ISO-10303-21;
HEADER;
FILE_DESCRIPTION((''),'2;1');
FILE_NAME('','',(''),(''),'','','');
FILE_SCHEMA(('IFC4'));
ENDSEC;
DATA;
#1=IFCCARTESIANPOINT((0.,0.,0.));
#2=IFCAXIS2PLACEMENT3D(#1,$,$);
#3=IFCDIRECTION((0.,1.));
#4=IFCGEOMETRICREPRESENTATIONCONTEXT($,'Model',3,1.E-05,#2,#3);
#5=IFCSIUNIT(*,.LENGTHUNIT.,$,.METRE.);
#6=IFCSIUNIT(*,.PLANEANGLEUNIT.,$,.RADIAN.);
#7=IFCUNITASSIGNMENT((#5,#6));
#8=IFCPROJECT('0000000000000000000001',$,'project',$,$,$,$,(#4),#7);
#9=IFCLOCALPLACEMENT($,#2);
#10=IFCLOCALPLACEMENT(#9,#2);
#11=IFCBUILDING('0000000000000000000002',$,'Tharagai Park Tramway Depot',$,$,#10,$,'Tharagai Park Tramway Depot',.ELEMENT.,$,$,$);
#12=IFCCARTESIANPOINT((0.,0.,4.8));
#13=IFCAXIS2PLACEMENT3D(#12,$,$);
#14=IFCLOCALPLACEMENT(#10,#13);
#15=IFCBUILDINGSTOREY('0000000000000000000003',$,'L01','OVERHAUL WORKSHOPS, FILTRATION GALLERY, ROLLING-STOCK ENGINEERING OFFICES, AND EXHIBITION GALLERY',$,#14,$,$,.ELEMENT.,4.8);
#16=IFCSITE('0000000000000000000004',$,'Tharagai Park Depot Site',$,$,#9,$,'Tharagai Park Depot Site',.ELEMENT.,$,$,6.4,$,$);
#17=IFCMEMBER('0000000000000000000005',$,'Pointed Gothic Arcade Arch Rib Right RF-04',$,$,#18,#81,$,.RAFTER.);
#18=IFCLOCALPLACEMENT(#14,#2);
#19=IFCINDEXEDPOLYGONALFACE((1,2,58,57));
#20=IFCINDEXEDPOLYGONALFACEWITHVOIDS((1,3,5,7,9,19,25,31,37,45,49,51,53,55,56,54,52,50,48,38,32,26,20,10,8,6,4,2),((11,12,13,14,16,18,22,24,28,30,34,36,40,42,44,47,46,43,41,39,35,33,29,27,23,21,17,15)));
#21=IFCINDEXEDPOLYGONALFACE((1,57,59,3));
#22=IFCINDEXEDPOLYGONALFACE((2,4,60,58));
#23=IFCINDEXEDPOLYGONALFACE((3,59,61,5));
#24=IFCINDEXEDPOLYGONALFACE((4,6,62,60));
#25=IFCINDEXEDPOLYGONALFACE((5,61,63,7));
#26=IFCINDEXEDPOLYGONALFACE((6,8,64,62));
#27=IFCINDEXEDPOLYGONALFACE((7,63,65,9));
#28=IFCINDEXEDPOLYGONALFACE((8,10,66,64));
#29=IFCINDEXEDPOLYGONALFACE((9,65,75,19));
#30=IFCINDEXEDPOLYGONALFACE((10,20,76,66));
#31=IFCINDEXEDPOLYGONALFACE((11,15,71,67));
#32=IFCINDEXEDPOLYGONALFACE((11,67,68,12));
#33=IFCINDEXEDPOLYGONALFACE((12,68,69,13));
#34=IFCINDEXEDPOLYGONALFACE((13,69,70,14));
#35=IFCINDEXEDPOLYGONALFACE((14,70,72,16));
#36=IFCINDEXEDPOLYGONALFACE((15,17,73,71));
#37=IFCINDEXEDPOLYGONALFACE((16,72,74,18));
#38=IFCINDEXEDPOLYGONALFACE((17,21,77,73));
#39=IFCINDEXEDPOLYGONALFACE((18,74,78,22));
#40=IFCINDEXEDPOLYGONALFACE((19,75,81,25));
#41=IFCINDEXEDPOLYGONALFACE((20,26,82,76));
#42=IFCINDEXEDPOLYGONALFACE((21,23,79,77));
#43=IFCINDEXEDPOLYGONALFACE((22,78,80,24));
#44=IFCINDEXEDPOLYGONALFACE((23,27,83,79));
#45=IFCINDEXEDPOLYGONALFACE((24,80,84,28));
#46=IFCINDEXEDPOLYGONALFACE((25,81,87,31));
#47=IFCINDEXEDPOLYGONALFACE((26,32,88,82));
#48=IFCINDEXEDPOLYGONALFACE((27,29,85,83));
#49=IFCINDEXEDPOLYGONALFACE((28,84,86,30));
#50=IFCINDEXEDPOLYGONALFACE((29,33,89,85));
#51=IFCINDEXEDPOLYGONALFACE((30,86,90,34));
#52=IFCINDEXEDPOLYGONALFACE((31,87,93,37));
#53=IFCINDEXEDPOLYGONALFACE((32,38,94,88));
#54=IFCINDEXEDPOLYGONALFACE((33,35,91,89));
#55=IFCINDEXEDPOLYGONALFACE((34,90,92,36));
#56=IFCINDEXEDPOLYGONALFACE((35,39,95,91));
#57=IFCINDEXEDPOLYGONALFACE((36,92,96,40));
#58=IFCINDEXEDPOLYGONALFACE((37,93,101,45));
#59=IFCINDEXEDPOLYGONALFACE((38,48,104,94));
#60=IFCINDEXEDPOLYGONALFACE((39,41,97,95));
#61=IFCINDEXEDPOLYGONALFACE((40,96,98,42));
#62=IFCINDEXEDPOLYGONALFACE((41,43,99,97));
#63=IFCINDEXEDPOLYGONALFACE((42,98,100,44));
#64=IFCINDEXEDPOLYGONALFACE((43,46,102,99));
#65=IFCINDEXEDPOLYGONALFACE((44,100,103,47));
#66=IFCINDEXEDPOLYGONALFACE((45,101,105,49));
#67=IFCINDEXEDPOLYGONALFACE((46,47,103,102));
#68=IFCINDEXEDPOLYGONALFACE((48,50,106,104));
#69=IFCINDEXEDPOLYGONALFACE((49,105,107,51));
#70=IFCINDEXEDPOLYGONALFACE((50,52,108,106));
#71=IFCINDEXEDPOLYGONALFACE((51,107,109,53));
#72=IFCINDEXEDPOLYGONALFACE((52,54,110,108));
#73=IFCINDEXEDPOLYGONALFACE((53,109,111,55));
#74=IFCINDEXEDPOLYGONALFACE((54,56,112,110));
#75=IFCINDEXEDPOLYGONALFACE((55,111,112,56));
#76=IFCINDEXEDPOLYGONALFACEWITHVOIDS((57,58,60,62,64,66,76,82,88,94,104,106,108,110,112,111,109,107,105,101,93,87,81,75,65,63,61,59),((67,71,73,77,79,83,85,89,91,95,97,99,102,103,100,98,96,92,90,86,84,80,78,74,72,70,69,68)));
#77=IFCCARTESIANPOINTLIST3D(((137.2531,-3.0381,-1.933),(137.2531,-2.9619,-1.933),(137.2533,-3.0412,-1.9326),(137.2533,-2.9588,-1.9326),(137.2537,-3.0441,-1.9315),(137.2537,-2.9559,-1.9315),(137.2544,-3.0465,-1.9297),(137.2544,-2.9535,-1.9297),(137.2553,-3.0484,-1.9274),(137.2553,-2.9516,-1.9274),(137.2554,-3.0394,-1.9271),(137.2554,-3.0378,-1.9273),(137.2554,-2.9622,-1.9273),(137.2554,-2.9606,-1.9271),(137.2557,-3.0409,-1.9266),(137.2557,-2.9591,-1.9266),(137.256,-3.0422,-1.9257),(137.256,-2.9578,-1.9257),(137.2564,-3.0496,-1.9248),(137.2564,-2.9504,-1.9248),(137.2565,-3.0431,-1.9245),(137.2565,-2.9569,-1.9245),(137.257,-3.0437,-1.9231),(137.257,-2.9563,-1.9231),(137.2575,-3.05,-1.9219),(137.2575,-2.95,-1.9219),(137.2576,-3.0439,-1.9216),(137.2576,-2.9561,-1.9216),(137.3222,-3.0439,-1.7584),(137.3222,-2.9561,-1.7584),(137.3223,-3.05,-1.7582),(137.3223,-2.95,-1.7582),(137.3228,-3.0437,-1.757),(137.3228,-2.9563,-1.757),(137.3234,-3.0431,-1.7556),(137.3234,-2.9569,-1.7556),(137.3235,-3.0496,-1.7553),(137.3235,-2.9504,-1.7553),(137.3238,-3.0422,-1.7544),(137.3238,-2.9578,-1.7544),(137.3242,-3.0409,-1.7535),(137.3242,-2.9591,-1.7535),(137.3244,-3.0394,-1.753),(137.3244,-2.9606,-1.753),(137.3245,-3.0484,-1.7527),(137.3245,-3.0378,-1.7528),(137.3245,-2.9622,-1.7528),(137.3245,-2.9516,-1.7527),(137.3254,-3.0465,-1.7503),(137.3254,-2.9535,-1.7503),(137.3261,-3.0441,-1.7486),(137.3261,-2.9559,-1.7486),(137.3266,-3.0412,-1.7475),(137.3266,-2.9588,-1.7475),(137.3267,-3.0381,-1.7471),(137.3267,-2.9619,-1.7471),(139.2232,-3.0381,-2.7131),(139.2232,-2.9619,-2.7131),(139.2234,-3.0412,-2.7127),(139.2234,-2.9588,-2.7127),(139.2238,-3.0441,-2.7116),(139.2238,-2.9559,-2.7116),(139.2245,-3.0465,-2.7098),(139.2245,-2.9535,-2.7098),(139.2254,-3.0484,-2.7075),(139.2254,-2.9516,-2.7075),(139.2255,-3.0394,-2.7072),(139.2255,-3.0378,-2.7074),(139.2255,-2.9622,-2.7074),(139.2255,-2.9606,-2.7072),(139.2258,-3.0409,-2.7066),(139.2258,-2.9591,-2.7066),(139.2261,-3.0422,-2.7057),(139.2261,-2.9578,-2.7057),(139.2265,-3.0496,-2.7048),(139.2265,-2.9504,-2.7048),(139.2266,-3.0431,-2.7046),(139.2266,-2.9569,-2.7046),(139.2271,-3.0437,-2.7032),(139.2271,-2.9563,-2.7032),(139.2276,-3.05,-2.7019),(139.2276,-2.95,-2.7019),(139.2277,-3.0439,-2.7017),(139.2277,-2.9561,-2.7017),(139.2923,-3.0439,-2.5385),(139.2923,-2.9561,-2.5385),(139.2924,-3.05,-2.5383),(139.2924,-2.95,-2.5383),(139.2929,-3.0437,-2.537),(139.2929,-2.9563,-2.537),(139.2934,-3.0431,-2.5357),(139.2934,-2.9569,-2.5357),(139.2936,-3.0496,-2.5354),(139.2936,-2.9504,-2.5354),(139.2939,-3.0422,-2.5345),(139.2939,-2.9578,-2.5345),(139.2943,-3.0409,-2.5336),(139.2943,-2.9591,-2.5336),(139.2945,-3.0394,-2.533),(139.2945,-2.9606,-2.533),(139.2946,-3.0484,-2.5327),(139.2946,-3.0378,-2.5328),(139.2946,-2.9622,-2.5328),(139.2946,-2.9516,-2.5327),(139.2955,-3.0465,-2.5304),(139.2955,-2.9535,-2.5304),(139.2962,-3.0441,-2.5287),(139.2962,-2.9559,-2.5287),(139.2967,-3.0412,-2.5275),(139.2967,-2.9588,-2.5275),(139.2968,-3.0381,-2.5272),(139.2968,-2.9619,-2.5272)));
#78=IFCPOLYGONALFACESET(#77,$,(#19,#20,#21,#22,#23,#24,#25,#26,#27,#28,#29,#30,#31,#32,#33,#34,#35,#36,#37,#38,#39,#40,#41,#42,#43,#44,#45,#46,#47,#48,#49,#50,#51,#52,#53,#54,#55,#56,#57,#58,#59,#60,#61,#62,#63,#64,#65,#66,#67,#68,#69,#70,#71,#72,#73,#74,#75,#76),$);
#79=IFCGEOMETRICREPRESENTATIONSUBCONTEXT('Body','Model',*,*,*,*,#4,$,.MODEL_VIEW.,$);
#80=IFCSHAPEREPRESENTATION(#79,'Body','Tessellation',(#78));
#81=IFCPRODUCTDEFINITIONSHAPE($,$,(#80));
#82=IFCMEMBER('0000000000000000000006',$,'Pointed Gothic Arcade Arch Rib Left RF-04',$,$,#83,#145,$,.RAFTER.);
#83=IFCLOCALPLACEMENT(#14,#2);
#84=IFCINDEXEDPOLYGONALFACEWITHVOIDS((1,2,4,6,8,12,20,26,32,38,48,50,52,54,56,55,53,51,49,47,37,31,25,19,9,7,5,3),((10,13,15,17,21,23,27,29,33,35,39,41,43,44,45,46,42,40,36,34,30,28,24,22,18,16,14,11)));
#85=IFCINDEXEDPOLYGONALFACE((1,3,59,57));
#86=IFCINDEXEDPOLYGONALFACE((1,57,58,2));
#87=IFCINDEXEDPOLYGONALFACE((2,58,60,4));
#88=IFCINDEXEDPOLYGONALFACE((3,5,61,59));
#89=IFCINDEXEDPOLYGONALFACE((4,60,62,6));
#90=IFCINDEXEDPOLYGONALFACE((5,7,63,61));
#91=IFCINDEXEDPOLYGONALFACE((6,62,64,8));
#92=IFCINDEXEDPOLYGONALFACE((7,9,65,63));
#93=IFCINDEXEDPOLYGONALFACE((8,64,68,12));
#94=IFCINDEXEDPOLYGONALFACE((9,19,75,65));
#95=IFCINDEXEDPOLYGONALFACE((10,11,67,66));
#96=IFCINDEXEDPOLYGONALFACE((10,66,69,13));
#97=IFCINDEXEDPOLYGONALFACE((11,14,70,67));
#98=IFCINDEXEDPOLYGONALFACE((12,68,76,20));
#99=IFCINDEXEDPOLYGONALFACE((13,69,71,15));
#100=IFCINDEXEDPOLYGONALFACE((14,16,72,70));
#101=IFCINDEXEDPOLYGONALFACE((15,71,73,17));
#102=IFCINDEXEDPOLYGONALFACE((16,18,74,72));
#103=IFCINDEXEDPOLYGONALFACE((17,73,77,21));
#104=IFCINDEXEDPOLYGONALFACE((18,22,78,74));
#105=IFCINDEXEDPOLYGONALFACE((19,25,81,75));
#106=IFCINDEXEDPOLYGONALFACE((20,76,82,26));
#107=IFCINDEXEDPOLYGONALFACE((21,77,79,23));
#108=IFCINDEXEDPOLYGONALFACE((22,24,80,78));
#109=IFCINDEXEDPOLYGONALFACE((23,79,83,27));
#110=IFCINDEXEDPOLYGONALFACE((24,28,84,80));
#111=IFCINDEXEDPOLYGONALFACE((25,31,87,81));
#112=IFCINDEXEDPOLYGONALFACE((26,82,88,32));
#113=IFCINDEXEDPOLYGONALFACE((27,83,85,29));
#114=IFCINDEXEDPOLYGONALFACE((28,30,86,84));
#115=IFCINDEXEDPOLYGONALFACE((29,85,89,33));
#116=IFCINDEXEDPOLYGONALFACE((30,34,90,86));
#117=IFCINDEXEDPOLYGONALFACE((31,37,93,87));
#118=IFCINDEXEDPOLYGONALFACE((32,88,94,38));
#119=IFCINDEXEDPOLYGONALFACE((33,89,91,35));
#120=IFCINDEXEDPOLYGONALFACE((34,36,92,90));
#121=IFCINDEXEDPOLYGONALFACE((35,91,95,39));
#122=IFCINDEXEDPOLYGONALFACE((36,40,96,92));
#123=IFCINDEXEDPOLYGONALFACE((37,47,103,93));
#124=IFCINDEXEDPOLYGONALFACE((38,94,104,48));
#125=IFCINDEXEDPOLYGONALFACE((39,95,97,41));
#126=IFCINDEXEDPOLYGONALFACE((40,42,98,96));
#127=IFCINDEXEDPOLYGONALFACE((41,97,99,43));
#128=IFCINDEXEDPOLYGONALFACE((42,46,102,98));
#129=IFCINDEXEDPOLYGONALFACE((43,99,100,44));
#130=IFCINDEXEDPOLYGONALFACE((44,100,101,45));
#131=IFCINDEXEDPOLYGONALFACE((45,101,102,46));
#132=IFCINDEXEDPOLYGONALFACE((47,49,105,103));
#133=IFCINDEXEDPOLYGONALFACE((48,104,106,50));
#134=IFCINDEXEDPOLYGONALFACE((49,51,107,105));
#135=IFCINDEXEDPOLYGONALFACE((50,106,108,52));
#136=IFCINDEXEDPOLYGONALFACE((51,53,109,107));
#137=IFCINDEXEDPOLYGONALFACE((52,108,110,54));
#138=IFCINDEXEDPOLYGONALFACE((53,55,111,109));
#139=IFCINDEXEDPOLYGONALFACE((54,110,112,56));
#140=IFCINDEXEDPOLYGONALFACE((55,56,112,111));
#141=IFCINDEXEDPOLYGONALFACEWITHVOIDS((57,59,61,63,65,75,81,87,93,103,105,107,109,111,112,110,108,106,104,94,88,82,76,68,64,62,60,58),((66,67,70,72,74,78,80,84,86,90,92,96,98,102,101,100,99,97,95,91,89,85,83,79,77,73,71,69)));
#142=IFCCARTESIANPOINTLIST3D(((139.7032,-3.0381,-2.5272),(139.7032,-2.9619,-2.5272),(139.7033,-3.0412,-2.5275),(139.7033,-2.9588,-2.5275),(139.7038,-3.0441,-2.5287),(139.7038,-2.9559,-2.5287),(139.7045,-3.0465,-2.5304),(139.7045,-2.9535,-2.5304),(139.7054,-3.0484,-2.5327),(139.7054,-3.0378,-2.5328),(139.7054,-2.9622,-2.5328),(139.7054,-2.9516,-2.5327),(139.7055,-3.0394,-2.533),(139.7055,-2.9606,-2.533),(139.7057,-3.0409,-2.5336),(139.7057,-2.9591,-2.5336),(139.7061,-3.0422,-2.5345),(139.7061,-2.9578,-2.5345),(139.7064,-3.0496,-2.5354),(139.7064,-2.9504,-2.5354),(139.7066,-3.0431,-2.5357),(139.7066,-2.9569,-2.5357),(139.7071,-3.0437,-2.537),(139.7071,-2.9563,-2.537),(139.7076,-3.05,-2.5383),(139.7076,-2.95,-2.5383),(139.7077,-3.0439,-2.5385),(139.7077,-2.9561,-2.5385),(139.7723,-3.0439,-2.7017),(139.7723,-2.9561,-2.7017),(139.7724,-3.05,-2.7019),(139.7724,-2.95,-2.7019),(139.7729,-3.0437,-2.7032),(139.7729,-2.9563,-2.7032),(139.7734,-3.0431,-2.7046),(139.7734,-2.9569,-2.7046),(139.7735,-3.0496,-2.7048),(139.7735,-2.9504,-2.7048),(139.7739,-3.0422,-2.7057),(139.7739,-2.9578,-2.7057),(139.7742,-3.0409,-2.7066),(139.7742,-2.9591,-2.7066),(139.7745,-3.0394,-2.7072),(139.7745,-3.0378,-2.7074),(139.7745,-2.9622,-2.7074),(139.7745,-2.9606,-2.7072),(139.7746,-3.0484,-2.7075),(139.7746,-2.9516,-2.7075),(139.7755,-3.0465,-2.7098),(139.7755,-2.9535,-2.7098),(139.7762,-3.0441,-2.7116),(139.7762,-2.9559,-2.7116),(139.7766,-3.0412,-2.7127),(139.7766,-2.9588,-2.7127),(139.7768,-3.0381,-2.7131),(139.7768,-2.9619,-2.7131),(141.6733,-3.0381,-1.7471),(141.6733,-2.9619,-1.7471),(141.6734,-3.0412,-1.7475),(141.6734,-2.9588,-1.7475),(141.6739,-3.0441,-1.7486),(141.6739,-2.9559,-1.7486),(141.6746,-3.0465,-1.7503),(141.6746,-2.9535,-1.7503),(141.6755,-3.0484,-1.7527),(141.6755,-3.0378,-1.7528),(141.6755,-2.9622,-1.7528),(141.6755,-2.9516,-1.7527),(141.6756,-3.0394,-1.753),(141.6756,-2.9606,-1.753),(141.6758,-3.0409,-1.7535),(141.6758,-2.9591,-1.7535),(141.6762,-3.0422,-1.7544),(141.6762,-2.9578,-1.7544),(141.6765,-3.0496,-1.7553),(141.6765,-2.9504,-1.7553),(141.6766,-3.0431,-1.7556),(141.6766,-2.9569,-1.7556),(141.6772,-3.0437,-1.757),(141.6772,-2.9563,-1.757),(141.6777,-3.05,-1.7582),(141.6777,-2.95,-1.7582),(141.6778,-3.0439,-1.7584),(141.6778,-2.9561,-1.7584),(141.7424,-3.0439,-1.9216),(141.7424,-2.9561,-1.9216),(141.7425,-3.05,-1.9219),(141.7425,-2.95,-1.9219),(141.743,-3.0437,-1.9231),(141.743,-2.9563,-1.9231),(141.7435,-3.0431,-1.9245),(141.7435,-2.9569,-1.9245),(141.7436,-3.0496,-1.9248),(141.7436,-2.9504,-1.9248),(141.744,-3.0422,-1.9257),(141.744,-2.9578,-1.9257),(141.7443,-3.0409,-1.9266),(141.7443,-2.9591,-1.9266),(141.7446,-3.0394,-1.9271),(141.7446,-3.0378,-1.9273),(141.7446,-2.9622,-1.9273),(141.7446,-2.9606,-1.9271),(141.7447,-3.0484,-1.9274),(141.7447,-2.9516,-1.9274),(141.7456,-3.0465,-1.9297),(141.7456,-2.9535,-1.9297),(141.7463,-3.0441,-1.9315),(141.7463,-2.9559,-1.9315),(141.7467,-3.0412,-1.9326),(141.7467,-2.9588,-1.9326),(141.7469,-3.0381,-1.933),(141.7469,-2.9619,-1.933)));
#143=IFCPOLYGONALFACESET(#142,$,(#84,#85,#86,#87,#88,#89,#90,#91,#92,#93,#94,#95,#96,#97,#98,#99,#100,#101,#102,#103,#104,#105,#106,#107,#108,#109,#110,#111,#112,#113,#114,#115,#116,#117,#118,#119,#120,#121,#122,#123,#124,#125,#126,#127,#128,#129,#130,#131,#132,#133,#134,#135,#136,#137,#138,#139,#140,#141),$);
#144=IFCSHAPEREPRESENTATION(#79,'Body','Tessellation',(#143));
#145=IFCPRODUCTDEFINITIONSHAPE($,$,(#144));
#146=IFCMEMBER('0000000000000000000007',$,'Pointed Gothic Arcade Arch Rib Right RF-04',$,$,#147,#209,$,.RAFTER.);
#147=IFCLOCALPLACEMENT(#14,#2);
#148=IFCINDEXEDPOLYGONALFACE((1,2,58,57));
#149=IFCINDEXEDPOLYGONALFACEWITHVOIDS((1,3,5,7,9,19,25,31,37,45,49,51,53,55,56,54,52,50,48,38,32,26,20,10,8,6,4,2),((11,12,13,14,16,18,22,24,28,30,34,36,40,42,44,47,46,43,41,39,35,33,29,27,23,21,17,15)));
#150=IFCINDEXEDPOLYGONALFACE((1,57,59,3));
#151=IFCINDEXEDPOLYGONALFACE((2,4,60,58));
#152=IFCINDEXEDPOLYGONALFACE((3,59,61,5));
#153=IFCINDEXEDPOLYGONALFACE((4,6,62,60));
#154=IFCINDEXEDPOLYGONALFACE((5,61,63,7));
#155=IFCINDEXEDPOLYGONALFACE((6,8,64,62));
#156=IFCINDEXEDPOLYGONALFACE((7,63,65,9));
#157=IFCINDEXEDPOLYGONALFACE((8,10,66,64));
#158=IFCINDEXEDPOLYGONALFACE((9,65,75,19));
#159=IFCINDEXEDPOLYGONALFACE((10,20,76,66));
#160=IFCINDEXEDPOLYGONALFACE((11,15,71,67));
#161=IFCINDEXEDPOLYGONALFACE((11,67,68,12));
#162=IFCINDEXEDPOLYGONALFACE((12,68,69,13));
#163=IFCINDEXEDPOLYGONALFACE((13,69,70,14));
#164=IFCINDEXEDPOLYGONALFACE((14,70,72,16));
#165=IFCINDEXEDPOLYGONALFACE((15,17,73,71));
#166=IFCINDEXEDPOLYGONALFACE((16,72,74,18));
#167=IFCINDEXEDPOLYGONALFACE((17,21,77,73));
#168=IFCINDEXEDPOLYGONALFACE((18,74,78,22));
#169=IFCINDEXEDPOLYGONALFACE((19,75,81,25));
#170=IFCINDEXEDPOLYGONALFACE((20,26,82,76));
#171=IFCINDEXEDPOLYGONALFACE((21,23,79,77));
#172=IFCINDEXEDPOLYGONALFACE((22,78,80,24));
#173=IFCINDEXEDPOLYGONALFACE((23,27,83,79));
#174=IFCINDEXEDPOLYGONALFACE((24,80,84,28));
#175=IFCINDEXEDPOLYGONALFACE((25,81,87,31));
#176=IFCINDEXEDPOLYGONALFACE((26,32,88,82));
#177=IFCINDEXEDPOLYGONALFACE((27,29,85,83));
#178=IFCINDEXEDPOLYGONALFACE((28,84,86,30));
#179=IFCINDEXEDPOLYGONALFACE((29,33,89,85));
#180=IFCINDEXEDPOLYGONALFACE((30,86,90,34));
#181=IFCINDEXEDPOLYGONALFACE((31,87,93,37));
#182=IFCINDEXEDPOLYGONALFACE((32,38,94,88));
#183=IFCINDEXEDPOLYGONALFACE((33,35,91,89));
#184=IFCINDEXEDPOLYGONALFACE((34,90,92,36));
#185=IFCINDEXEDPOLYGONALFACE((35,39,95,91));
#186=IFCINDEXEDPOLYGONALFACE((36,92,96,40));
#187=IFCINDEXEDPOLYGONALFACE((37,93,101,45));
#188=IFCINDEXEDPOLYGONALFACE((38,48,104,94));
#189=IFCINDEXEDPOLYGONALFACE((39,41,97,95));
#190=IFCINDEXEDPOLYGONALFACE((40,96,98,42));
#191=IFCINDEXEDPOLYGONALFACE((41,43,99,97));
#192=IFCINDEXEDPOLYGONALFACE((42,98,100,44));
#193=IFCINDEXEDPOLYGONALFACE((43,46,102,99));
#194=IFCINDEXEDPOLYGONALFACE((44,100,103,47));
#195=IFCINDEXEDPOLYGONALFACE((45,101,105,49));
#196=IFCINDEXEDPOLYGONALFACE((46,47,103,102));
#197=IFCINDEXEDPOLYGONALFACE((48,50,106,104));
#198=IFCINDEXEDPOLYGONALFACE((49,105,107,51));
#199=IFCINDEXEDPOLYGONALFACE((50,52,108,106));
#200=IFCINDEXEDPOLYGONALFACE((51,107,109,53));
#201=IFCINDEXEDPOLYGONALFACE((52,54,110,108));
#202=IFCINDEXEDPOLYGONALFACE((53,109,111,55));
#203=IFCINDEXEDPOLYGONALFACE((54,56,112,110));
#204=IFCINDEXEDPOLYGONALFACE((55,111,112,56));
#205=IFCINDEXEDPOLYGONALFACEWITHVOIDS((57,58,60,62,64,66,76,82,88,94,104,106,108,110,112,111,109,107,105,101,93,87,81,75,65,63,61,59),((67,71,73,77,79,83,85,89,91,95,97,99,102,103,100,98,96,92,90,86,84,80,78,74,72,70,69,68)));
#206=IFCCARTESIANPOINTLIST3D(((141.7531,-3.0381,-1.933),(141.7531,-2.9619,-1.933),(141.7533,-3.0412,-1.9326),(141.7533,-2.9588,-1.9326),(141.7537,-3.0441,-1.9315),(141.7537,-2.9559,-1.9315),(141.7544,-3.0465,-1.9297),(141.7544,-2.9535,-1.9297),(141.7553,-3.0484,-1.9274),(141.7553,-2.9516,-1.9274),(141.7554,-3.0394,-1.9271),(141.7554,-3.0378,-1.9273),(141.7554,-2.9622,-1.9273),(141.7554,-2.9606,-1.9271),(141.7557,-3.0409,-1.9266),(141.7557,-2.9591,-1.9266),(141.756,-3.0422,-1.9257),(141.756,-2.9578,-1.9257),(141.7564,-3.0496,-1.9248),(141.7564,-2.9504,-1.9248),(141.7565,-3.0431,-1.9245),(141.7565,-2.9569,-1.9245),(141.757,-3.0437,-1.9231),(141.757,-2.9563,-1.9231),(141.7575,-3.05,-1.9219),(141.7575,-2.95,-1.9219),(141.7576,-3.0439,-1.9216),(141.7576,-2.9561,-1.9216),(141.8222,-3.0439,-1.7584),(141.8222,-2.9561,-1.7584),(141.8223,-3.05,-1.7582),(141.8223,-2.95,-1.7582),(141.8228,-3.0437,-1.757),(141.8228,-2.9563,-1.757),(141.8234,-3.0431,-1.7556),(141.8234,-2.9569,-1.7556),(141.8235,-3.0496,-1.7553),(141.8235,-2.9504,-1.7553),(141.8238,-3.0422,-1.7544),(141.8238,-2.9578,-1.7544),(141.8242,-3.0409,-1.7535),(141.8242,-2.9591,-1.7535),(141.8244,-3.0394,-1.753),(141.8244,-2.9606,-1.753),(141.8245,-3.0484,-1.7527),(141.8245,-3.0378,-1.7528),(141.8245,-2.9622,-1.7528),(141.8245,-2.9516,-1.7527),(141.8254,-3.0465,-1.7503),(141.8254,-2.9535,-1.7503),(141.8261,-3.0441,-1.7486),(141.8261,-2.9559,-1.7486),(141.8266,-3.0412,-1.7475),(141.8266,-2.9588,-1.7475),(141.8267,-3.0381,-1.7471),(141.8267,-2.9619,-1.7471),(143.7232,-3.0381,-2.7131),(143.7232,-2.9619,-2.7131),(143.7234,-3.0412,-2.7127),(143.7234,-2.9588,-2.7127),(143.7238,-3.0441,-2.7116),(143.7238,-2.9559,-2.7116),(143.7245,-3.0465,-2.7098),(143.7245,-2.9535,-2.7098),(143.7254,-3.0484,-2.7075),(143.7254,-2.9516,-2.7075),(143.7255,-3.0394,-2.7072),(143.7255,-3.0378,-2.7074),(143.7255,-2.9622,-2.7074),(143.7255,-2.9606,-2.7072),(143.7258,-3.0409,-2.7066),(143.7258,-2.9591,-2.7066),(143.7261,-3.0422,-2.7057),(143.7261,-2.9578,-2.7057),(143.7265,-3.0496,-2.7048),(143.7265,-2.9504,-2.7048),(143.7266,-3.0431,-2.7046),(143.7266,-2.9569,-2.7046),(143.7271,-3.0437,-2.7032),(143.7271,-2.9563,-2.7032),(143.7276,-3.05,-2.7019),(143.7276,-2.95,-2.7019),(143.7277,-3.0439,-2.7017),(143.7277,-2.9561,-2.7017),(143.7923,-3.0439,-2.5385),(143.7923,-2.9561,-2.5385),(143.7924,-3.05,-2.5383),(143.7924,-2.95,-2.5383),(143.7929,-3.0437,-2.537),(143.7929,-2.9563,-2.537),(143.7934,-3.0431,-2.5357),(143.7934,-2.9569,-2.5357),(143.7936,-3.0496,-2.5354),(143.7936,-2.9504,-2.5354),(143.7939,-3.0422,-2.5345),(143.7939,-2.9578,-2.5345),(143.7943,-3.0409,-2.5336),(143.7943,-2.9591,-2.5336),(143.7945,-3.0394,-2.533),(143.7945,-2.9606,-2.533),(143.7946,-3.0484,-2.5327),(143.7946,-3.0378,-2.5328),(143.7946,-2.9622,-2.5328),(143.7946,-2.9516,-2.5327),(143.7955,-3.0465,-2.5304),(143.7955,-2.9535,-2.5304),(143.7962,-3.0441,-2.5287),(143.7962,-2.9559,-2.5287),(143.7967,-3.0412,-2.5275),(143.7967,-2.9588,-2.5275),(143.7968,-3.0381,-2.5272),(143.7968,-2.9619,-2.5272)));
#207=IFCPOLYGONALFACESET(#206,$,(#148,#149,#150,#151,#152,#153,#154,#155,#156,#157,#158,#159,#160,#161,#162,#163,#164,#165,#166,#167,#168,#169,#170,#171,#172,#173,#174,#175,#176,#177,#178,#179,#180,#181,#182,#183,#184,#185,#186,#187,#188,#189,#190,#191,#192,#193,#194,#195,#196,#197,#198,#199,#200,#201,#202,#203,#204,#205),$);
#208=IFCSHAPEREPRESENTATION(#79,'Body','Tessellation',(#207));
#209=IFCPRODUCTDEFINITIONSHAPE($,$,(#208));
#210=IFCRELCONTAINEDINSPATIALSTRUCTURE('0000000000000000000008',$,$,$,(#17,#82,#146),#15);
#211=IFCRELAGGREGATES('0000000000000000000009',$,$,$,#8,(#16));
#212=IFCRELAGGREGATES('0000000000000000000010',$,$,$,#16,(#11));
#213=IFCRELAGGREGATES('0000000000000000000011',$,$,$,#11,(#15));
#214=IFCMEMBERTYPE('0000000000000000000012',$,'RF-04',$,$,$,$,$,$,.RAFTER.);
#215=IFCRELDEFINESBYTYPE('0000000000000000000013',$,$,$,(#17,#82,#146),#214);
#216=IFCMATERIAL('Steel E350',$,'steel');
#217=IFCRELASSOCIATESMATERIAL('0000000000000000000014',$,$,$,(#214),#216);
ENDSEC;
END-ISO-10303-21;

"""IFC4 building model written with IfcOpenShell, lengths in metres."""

from ifc_helpers import new_model, si_unit, direction, frame, origin, origin_2d, place, context, subcontext, project, spatial, hollow_rectangle, extrude, material, material_profile, profile_set, type_object, element, save


model = new_model("IFC4")

# Units and contexts
model_context = context("Model", 3, precision=1e-05, world=origin(), true_north=direction((0.0, 1.0)))
body_context = subcontext(model_context, "Body", "Model", "MODEL_VIEW")
ifc_project = project(units=[si_unit("LENGTHUNIT", "METRE"), si_unit("PLANEANGLEUNIT", "RADIAN")], contexts=[model_context])

# Site, building, storey
site_placement = place(None, origin())
site = spatial("IfcSite", under=ifc_project, at=site_placement, Name="Tharagai Park Depot Site", LongName="Tharagai Park Depot Site", CompositionType="ELEMENT", RefElevation=6.4)
building_placement = place(site_placement, origin())
building = spatial("IfcBuilding", under=site, at=building_placement, Name="Tharagai Park Tramway Depot", LongName="Tharagai Park Tramway Depot", CompositionType="ELEMENT")
storey_placement = place(building_placement, frame((0.0, 0.0, 4.8)))
storey = spatial("IfcBuildingStorey", under=building, at=storey_placement, Name="L01", Description="OVERHAUL WORKSHOPS, FILTRATION GALLERY, ROLLING-STOCK ENGINEERING OFFICES, AND EXHIBITION GALLERY", CompositionType="ELEMENT", Elevation=4.8)

# Shared definitions
ifc_material_1 = material(Name="Steel E350", Category="steel")

# Members
ifc_material_profile_1 = material_profile(ifc_material_1, hollow_rectangle(XDim=0.1001, YDim=0.2, WallThickness=0.0061, InnerFilletRadius=0.0061, OuterFilletRadius=0.012, at=origin_2d()), Name="RHS 200x100x6")
ifc_profile_set_1 = profile_set([ifc_material_profile_1], Name="Steel E350")
member_type_1 = type_object("IfcMemberType", Name="RF-04", PredefinedType="RAFTER", material=ifc_profile_set_1)
for number, where, z_axis, x_axis, name in (
    (1, (139.26, -3.0, -2.6201), (-0.929766, 0.0, 0.36815), (0.0, -1.0, 0.0), "Pointed Gothic Arcade Arch Rib Right RF-04"),
    (2, (139.74, -3.0, -2.6201), (0.929766, 0.0, 0.36815), (0.0, 1.0, 0.0), "Pointed Gothic Arcade Arch Rib Left RF-04"),
    (3, (143.76, -3.0, -2.6201), (-0.929766, 0.0, 0.36815), (0.0, -1.0, 0.0), "Pointed Gothic Arcade Arch Rib Right RF-04"),
):
    element("IfcMember", number, at=place(storey_placement, frame(where, z_axis=z_axis, x_axis=x_axis)), inside=storey, type_object=member_type_1, Name=name, PredefinedType="RAFTER", context=body_context, shape_type="SweptSolid", body=[
        extrude(hollow_rectangle(XDim=0.1001, YDim=0.2, WallThickness=0.0061, InnerFilletRadius=0.0061, OuterFilletRadius=0.012, at=origin_2d()), origin(), (0.0, 0.0, 1.0), 2.1189),
    ])

save(model, "model.ifc")
